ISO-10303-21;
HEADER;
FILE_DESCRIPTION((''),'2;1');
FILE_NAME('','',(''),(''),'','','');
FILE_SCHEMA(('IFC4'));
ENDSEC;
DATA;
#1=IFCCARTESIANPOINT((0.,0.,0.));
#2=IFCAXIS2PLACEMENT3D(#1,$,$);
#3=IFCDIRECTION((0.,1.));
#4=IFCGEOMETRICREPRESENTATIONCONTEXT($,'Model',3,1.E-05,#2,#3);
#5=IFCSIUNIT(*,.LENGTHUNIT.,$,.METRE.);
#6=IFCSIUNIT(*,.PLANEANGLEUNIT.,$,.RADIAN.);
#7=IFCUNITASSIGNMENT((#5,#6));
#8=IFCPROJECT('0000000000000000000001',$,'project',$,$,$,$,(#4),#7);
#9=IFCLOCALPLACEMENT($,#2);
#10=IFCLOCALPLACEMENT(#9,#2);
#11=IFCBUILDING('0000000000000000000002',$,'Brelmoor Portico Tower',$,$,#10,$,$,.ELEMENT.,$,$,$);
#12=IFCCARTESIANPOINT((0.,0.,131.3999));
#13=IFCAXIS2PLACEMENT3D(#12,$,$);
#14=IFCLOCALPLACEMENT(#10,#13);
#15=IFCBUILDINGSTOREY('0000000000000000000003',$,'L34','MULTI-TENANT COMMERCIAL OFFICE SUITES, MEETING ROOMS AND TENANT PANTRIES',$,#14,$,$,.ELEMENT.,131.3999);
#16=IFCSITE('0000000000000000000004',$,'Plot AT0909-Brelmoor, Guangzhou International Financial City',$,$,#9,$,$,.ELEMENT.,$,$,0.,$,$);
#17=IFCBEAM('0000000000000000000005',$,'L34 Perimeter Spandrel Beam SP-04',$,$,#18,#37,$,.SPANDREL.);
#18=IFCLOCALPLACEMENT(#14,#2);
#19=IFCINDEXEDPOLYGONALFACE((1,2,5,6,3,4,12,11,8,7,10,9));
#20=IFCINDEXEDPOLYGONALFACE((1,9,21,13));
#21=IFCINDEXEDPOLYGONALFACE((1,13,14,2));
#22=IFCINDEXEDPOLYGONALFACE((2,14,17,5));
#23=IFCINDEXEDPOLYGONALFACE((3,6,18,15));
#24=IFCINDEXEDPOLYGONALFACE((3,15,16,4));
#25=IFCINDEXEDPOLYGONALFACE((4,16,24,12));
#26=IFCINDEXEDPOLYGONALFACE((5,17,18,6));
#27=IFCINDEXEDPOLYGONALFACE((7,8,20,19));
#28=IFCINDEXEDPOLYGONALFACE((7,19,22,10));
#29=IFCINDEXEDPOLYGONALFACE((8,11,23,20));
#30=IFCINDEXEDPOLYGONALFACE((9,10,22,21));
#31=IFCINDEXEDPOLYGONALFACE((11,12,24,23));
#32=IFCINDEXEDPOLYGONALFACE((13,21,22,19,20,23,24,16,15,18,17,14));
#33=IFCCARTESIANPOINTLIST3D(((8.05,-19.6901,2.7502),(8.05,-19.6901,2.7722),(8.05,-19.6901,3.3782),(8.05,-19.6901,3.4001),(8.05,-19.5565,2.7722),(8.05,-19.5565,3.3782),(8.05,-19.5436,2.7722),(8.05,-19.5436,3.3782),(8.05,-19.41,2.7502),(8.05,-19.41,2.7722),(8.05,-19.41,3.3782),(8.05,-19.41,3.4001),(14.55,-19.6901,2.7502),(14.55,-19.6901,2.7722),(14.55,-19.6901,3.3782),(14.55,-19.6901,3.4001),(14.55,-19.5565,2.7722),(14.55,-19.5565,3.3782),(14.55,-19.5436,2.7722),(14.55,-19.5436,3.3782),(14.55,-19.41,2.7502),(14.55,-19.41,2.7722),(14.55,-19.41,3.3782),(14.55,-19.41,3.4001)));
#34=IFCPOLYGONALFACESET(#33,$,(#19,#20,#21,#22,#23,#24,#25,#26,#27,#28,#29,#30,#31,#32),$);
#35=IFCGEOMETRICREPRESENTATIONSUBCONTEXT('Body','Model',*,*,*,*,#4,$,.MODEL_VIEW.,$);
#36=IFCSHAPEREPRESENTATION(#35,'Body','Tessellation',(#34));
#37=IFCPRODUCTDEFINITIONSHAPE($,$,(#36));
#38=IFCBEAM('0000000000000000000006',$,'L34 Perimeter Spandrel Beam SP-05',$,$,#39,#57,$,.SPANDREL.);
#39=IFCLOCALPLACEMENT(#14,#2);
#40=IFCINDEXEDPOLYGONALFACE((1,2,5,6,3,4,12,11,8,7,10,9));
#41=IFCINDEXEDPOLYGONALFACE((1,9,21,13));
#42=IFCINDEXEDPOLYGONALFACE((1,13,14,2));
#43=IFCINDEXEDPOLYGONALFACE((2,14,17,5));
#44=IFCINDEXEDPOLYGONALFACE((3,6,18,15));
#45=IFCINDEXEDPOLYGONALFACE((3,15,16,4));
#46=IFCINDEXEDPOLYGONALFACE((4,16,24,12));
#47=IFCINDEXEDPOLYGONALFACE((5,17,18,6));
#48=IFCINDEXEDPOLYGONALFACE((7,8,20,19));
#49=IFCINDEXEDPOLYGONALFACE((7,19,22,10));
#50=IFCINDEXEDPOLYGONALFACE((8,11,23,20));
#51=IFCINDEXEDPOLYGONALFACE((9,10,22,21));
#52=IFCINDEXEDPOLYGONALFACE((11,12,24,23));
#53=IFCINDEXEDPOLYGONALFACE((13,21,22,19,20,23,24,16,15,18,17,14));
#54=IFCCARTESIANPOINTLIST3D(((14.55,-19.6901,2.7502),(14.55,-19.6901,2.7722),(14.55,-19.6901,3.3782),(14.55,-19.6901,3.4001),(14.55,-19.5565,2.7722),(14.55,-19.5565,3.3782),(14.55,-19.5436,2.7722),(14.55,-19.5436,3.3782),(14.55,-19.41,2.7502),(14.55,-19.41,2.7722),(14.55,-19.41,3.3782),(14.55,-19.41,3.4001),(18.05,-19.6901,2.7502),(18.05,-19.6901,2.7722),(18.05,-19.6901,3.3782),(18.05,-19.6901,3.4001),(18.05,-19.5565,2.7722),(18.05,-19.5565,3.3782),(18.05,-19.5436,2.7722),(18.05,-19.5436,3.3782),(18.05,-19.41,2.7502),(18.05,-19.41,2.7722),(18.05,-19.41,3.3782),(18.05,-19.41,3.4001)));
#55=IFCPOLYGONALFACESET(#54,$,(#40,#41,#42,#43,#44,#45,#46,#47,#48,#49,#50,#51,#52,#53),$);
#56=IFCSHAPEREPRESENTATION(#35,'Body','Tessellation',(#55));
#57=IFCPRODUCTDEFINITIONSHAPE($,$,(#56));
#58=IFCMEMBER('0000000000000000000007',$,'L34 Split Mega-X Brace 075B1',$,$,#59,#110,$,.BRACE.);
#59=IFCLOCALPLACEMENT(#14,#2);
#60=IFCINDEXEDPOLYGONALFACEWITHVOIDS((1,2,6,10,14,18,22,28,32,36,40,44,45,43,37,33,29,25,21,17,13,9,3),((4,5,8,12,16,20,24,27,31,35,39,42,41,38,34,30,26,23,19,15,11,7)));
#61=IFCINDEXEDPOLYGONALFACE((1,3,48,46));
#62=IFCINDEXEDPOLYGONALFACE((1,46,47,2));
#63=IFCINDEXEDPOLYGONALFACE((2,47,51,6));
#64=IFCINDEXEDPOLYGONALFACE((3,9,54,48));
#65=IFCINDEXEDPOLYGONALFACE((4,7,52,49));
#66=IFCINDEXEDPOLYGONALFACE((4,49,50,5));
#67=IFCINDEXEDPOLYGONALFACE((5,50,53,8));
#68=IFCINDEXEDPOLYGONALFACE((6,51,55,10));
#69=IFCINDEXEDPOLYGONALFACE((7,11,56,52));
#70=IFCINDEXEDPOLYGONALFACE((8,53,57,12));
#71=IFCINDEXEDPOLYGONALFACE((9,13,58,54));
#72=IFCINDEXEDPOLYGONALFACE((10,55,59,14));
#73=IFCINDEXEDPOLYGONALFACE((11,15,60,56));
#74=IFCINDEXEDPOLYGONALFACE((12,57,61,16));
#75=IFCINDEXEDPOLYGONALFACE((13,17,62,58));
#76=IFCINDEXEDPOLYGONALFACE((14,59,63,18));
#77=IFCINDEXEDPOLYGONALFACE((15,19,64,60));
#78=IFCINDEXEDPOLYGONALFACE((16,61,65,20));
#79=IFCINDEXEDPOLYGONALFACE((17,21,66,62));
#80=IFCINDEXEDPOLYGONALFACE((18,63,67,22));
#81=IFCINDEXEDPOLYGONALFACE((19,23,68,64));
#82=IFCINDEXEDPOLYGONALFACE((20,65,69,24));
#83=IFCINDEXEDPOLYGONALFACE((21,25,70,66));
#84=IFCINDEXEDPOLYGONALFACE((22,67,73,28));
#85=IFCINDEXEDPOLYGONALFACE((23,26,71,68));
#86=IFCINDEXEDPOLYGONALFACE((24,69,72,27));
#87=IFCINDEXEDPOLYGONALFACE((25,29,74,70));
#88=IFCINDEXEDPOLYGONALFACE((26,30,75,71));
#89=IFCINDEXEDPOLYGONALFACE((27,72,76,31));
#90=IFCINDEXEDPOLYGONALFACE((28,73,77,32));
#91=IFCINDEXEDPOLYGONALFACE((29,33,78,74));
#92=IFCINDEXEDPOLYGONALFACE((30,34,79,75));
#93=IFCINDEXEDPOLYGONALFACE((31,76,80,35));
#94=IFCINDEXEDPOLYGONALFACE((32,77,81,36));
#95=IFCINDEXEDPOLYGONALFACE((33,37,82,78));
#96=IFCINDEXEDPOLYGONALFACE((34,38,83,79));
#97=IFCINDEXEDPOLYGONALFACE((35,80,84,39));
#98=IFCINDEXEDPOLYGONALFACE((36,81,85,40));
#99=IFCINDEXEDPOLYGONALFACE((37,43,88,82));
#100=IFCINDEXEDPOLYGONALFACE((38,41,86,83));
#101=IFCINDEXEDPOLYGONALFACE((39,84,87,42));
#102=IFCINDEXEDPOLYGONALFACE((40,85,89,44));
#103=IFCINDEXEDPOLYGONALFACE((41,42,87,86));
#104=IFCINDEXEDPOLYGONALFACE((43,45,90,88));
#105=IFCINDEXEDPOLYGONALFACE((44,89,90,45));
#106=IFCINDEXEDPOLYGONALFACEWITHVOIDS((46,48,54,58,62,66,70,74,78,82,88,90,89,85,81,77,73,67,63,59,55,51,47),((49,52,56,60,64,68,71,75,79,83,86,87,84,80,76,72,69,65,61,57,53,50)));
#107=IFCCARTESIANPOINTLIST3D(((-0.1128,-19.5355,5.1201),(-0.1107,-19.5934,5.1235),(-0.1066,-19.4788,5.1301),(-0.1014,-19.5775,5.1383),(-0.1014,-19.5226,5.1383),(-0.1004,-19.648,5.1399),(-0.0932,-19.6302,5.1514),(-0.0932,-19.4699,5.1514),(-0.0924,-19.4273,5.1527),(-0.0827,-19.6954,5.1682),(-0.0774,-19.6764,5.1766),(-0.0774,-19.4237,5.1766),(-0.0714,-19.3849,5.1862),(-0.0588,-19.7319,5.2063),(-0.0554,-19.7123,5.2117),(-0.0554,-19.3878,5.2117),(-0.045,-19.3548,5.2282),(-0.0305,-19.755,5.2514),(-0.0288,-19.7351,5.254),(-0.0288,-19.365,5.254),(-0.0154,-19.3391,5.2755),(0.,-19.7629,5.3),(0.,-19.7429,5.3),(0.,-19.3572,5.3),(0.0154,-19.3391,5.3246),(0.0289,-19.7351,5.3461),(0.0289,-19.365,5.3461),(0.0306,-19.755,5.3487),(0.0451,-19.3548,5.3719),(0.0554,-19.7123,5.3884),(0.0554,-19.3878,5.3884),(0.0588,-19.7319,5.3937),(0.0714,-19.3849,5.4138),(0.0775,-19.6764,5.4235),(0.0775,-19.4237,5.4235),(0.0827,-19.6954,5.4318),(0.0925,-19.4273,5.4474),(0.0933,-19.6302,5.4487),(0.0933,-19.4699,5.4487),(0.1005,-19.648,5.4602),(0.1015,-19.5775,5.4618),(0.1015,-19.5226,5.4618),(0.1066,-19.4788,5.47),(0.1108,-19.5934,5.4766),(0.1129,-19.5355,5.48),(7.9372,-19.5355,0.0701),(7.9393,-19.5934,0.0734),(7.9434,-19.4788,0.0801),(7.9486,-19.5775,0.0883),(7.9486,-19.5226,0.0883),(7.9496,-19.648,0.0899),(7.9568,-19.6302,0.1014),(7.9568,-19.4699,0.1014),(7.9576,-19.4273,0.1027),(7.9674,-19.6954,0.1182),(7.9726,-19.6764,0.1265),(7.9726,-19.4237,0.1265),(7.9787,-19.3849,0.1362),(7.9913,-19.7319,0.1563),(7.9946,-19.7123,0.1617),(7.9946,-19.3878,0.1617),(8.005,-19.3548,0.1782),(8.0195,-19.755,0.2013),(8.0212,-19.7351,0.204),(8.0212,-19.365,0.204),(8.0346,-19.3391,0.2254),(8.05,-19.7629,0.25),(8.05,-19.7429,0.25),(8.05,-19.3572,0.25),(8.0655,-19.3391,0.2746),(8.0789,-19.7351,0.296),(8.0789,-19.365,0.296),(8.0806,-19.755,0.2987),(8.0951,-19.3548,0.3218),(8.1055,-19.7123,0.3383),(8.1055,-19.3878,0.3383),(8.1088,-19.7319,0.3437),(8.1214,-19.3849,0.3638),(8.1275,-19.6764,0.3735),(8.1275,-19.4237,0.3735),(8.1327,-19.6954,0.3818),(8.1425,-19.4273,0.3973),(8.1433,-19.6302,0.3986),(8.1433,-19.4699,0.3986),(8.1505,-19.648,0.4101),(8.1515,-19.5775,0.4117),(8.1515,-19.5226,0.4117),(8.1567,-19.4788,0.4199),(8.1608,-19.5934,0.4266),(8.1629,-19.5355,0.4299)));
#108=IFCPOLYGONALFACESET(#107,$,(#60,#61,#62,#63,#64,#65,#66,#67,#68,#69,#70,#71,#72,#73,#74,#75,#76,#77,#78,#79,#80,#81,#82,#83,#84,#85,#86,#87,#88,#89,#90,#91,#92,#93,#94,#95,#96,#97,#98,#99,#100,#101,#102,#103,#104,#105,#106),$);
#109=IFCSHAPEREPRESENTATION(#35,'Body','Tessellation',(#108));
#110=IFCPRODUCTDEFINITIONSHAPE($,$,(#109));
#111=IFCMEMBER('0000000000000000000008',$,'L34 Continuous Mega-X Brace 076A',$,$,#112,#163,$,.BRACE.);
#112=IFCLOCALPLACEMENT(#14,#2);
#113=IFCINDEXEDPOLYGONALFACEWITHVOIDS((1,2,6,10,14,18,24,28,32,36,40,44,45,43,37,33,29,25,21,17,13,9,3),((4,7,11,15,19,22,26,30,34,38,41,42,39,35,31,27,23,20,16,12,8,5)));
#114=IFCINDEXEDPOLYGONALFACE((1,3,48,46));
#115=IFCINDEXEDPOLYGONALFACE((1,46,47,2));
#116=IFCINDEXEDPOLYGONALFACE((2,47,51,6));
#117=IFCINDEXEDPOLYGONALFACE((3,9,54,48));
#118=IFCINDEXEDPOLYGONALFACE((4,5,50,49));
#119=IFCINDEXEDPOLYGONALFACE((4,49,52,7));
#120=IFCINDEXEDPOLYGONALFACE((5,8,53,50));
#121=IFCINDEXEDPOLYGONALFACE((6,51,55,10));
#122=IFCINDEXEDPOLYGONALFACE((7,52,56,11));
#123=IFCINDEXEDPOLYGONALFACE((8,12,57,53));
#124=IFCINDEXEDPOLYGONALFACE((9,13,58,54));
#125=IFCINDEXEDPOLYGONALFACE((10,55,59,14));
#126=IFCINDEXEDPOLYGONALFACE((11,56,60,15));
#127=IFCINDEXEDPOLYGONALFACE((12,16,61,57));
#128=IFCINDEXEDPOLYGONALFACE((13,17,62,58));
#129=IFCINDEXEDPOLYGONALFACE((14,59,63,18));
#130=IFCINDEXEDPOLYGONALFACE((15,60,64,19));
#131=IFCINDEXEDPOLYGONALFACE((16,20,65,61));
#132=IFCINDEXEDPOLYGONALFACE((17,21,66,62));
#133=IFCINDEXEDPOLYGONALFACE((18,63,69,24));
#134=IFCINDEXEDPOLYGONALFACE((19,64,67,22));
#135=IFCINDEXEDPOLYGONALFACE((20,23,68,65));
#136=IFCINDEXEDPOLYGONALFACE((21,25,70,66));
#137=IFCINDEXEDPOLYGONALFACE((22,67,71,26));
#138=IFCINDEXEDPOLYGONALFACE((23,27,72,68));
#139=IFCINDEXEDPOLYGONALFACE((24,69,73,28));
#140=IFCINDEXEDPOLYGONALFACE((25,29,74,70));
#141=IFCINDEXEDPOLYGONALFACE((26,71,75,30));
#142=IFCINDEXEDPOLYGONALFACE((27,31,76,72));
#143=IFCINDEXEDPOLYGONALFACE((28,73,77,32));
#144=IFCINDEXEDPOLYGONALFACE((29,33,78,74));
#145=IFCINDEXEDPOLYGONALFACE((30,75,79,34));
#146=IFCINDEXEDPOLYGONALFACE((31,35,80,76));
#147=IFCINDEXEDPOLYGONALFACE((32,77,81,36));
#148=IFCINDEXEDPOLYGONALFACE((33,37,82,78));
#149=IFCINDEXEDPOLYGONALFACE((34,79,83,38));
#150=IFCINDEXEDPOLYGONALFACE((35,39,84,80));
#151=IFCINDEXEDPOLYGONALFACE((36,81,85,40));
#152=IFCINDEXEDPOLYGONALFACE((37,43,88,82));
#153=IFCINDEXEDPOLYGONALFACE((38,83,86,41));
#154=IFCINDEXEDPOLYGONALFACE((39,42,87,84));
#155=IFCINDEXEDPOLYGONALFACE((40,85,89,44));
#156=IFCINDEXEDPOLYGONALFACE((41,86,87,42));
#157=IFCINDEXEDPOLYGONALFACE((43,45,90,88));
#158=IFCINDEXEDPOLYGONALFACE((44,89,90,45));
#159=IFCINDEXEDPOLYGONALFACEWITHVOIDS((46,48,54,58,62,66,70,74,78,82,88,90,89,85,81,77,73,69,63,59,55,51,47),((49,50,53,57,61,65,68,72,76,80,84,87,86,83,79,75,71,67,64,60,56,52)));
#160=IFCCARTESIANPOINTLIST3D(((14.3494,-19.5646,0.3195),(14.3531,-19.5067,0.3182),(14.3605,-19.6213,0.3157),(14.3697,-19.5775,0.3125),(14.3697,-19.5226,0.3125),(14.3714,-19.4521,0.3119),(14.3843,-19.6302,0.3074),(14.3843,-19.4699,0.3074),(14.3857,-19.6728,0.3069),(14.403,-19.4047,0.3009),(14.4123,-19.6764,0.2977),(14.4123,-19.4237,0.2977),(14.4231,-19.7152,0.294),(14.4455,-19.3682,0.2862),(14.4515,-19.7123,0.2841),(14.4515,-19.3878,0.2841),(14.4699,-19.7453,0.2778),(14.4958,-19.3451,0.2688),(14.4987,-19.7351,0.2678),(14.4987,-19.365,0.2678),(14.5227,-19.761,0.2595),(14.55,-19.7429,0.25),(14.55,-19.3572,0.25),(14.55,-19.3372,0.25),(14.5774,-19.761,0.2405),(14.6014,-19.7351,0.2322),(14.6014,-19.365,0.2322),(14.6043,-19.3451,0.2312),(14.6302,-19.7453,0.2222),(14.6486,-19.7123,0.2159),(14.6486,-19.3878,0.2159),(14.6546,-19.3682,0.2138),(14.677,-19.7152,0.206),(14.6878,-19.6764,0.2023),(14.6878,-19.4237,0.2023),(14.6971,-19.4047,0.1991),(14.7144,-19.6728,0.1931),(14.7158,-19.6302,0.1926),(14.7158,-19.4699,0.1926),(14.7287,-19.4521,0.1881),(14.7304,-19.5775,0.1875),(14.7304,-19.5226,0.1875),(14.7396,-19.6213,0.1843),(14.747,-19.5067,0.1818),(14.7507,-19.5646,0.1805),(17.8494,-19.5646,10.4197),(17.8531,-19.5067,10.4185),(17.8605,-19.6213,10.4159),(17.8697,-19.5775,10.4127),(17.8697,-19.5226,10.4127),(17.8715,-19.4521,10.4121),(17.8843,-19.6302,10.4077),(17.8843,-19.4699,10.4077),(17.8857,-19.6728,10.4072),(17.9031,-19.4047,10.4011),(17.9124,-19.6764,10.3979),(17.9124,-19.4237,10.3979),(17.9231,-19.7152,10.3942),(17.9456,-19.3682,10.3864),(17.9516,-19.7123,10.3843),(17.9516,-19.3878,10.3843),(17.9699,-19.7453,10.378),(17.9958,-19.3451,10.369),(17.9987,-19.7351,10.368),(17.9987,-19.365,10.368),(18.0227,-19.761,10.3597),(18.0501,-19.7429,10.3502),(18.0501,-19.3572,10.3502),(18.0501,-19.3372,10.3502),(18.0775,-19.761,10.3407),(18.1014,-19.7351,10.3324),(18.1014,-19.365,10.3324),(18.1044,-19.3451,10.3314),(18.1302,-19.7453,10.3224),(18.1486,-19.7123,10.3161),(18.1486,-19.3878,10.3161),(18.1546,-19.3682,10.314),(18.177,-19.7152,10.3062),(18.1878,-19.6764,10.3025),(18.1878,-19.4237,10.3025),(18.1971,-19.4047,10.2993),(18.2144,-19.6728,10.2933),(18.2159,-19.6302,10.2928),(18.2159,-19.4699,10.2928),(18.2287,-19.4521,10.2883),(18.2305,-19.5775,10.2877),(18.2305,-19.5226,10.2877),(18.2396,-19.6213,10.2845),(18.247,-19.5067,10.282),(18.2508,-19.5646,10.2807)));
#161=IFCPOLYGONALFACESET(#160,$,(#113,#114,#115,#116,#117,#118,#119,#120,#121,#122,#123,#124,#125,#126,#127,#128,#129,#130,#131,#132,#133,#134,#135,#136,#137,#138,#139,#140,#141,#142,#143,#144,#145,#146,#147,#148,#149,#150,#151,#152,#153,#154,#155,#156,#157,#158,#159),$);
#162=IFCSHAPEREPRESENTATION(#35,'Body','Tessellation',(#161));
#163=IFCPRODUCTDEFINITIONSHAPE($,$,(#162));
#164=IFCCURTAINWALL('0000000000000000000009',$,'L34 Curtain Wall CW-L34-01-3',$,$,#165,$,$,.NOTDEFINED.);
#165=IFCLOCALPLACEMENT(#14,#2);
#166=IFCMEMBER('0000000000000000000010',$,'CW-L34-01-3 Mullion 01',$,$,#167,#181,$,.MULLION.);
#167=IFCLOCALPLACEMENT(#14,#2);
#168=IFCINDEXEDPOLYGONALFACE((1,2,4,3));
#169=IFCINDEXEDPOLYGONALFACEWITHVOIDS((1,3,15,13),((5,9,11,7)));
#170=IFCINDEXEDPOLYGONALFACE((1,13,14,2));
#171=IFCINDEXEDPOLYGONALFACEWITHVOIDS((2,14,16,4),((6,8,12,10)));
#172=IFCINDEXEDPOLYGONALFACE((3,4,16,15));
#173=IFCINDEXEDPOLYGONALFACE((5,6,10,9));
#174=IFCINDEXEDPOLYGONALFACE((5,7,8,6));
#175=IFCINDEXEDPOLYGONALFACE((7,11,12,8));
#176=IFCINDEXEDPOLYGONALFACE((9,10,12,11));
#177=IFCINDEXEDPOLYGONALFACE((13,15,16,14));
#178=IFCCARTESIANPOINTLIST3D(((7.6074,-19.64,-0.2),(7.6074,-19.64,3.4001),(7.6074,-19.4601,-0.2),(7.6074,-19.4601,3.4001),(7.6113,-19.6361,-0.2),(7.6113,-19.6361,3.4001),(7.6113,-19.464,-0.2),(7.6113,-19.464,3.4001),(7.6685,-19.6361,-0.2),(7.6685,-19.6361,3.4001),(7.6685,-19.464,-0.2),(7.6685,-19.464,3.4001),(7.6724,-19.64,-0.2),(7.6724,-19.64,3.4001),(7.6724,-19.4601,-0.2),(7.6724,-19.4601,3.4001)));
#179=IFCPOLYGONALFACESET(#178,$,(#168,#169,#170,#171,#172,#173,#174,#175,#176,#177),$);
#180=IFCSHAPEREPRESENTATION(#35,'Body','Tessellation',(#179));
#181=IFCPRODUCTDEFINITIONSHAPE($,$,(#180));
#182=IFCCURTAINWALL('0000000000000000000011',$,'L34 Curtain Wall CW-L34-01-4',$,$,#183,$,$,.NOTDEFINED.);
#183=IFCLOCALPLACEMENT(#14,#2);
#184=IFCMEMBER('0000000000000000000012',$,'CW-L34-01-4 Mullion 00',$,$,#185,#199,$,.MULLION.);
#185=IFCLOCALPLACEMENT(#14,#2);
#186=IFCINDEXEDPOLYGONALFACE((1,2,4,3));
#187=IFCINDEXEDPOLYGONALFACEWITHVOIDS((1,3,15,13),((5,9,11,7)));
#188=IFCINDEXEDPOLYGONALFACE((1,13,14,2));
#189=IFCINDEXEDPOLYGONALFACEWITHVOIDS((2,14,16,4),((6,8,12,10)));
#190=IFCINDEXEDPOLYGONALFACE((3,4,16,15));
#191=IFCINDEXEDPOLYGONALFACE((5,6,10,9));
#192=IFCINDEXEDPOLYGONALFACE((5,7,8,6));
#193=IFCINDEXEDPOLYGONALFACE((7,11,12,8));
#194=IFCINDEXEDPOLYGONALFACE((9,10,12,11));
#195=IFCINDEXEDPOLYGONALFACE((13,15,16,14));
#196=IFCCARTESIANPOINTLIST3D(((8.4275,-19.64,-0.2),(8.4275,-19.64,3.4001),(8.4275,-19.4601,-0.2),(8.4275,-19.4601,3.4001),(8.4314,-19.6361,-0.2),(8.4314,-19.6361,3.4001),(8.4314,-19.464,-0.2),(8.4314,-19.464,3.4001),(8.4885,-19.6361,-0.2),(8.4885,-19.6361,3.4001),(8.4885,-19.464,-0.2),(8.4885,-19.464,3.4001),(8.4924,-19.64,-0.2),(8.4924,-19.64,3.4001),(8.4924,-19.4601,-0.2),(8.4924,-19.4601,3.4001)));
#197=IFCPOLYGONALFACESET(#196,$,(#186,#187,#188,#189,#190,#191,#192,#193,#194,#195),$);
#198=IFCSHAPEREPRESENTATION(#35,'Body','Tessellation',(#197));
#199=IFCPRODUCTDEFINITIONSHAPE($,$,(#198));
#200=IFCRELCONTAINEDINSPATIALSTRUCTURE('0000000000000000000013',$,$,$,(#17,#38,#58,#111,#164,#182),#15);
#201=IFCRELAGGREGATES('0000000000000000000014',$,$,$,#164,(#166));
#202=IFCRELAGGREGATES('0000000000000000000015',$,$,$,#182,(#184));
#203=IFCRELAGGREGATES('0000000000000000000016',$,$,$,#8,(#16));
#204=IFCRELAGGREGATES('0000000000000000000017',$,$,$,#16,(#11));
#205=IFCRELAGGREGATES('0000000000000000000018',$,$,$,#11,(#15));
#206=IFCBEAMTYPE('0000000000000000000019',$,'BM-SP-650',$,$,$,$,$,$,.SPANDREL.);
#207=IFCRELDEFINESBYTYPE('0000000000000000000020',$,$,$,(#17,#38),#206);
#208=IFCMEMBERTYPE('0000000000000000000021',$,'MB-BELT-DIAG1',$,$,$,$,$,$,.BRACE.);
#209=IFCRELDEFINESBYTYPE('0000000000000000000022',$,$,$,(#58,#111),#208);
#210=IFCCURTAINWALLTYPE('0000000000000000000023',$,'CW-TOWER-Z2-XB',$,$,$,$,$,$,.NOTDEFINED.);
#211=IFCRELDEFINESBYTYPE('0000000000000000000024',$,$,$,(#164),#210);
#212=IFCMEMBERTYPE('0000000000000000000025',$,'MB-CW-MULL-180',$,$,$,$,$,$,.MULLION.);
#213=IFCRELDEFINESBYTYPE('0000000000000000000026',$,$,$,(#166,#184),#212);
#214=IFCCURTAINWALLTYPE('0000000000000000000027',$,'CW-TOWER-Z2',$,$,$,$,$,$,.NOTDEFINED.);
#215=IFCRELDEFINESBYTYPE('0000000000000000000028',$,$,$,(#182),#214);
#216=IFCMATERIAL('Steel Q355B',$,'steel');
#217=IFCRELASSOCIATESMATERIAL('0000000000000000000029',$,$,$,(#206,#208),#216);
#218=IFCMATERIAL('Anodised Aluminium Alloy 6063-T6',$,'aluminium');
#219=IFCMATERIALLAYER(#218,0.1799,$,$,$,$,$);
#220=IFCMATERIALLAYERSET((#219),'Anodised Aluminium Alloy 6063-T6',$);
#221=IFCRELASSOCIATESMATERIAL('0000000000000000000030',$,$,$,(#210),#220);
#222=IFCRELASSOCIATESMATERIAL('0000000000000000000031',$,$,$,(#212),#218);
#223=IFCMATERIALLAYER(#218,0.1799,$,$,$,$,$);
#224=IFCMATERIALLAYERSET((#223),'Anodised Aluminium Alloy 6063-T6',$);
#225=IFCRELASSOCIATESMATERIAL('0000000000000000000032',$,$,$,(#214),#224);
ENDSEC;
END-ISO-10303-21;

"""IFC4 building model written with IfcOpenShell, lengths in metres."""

from ifc_helpers import new_model, si_unit, direction, frame, origin, origin_2d, place, context, subcontext, project, spatial, hollow_rectangle, hollow_circle, i_section, extrude, material, layer, layer_set, material_profile, profile_set, type_object, element, aggregate, save


model = new_model("IFC4")

# Units and contexts
model_context = context("Model", 3, precision=1e-05, world=origin(), true_north=direction((0.0, 1.0)))
body_context = subcontext(model_context, "Body", "Model", "MODEL_VIEW")
ifc_project = project(units=[si_unit("LENGTHUNIT", "METRE"), si_unit("PLANEANGLEUNIT", "RADIAN")], contexts=[model_context])

# Site, building, storey
site_placement = place(None, origin())
site = spatial("IfcSite", under=ifc_project, at=site_placement, Name="Plot AT0909-Brelmoor, Guangzhou International Financial City", CompositionType="ELEMENT", RefElevation=0.0)
building_placement = place(site_placement, origin())
building = spatial("IfcBuilding", under=site, at=building_placement, Name="Brelmoor Portico Tower", CompositionType="ELEMENT")
storey_placement = place(building_placement, frame((0.0, 0.0, 131.3999)))
storey = spatial("IfcBuildingStorey", under=building, at=storey_placement, Name="L34", Description="MULTI-TENANT COMMERCIAL OFFICE SUITES, MEETING ROOMS AND TENANT PANTRIES", CompositionType="ELEMENT", Elevation=131.3999)

# Shared definitions
ifc_material_1 = material(Name="Steel Q355B", Category="steel")

# Beams
ifc_material_profile_1 = material_profile(ifc_material_1, i_section(OverallWidth=0.28, OverallDepth=0.6499, WebThickness=0.0129, FlangeThickness=0.022, at=origin_2d()), Name="HN 650x280x13x22")
ifc_profile_set_1 = profile_set([ifc_material_profile_1], Name="Steel Q355B")
beam_type_1 = type_object("IfcBeamType", Name="BM-SP-650", PredefinedType="SPANDREL", material=ifc_profile_set_1)
beam_1_placement = place(storey_placement, frame((8.05, -19.55, 3.0752), z_axis=(1.0, 0.0, 0.0), x_axis=(0.0, 1.0, 0.0)))
element("IfcBeam", 1, at=beam_1_placement, inside=storey, type_object=beam_type_1, Name="L34 Perimeter Spandrel Beam SP-04", PredefinedType="SPANDREL", context=body_context, shape_type="SweptSolid", body=[
    extrude(i_section(OverallWidth=0.28, OverallDepth=0.6499, WebThickness=0.0129, FlangeThickness=0.022, at=origin_2d()), origin(), (0.0, 0.0, 1.0), 6.5),
])
beam_2_placement = place(storey_placement, frame((14.55, -19.55, 3.0752), z_axis=(1.0, 0.0, 0.0), x_axis=(0.0, 1.0, 0.0)))
element("IfcBeam", 2, at=beam_2_placement, inside=storey, type_object=beam_type_1, Name="L34 Perimeter Spandrel Beam SP-05", PredefinedType="SPANDREL", context=body_context, shape_type="SweptSolid", body=[
    extrude(i_section(OverallWidth=0.28, OverallDepth=0.6499, WebThickness=0.0129, FlangeThickness=0.022, at=origin_2d()), origin(), (0.0, 0.0, 1.0), 3.5),
])

# Members
ifc_material_profile_2 = material_profile(ifc_material_1, hollow_circle(Radius=0.2129, WallThickness=0.02, at=origin_2d()), Name="CHS 426x20")
ifc_profile_set_2 = profile_set([ifc_material_profile_2], Name="Steel Q355B")
member_type_1 = type_object("IfcMemberType", Name="MB-BELT-DIAG1", PredefinedType="BRACE", material=ifc_profile_set_2)
member_1_placement = place(storey_placement, frame((8.05, -19.55, 0.25), z_axis=(-0.847109, 0.0, 0.531418), x_axis=(0.0, -1.0, 0.0)))
element("IfcMember", 3, at=member_1_placement, inside=storey, type_object=member_type_1, Name="L34 Split Mega-X Brace 075B1", PredefinedType="BRACE", context=body_context, shape_type="SweptSolid", body=[
    extrude(hollow_circle(Radius=0.2129, WallThickness=0.02, at=origin_2d()), origin(), (0.0, 0.0, 1.0), 9.5029),
])
member_2_placement = place(storey_placement, frame((14.55, -19.55, 0.25), z_axis=(0.327429, 0.0, 0.944876), x_axis=(0.0, 1.0, 0.0)))
element("IfcMember", 4, at=member_2_placement, inside=storey, type_object=member_type_1, Name="L34 Continuous Mega-X Brace 076A", PredefinedType="BRACE", context=body_context, shape_type="SweptSolid", body=[
    extrude(hollow_circle(Radius=0.2129, WallThickness=0.02, at=origin_2d()), origin(), (0.0, 0.0, 1.0), 10.6895),
])

# Curtain wall, member
ifc_material_2 = material(Name="Anodised Aluminium Alloy 6063-T6", Category="aluminium")
ifc_layer_1 = layer(ifc_material_2, 0.1799)
ifc_layer_set_1 = layer_set([ifc_layer_1], Name="Anodised Aluminium Alloy 6063-T6")
curtain_wall_type_1 = type_object("IfcCurtainWallType", Name="CW-TOWER-Z2-XB", PredefinedType="NOTDEFINED", material=ifc_layer_set_1)
curtain_wall_1_placement = place(storey_placement, origin())
curtain_wall_1 = element("IfcCurtainWall", 5, at=curtain_wall_1_placement, inside=storey, type_object=curtain_wall_type_1, Name="L34 Curtain Wall CW-L34-01-3", PredefinedType="NOTDEFINED")
ifc_material_profile_3 = material_profile(ifc_material_2, hollow_rectangle(XDim=0.0649, YDim=0.1799, WallThickness=0.0039, at=origin_2d()), Name="ALU MULLION 65x180")
ifc_profile_set_3 = profile_set([ifc_material_profile_3], Name="Anodised Aluminium Alloy 6063-T6")
member_type_2 = type_object("IfcMemberType", Name="MB-CW-MULL-180", PredefinedType="MULLION", material=ifc_profile_set_3)
member_3_placement = place(storey_placement, frame((7.6399, -19.55, -0.2), z_axis=(0.0, 0.0, 1.0), x_axis=(1.0, 0.0, 0.0)))
member_3 = element("IfcMember", 6, at=member_3_placement, type_object=member_type_2, Name="CW-L34-01-3 Mullion 01", PredefinedType="MULLION", context=body_context, shape_type="SweptSolid", body=[
    extrude(hollow_rectangle(XDim=0.0649, YDim=0.1799, WallThickness=0.0039, at=origin_2d()), origin(), (0.0, 0.0, 1.0), 3.6001),
])
aggregate(curtain_wall_1, [member_3])

# Curtain wall, member
ifc_layer_2 = layer(ifc_material_2, 0.1799)
ifc_layer_set_2 = layer_set([ifc_layer_2], Name="Anodised Aluminium Alloy 6063-T6")
curtain_wall_type_2 = type_object("IfcCurtainWallType", Name="CW-TOWER-Z2", PredefinedType="NOTDEFINED", material=ifc_layer_set_2)
curtain_wall_2_placement = place(storey_placement, origin())
curtain_wall_2 = element("IfcCurtainWall", 7, at=curtain_wall_2_placement, inside=storey, type_object=curtain_wall_type_2, Name="L34 Curtain Wall CW-L34-01-4", PredefinedType="NOTDEFINED")
member_4_placement = place(storey_placement, frame((8.46, -19.55, -0.2), z_axis=(0.0, 0.0, 1.0), x_axis=(1.0, 0.0, 0.0)))
member_4 = element("IfcMember", 8, at=member_4_placement, type_object=member_type_2, Name="CW-L34-01-4 Mullion 00", PredefinedType="MULLION", context=body_context, shape_type="SweptSolid", body=[
    extrude(hollow_rectangle(XDim=0.0649, YDim=0.1799, WallThickness=0.0039, at=origin_2d()), origin(), (0.0, 0.0, 1.0), 3.6001),
])

aggregate(curtain_wall_2, [member_4])

save(model, "model.ifc")
